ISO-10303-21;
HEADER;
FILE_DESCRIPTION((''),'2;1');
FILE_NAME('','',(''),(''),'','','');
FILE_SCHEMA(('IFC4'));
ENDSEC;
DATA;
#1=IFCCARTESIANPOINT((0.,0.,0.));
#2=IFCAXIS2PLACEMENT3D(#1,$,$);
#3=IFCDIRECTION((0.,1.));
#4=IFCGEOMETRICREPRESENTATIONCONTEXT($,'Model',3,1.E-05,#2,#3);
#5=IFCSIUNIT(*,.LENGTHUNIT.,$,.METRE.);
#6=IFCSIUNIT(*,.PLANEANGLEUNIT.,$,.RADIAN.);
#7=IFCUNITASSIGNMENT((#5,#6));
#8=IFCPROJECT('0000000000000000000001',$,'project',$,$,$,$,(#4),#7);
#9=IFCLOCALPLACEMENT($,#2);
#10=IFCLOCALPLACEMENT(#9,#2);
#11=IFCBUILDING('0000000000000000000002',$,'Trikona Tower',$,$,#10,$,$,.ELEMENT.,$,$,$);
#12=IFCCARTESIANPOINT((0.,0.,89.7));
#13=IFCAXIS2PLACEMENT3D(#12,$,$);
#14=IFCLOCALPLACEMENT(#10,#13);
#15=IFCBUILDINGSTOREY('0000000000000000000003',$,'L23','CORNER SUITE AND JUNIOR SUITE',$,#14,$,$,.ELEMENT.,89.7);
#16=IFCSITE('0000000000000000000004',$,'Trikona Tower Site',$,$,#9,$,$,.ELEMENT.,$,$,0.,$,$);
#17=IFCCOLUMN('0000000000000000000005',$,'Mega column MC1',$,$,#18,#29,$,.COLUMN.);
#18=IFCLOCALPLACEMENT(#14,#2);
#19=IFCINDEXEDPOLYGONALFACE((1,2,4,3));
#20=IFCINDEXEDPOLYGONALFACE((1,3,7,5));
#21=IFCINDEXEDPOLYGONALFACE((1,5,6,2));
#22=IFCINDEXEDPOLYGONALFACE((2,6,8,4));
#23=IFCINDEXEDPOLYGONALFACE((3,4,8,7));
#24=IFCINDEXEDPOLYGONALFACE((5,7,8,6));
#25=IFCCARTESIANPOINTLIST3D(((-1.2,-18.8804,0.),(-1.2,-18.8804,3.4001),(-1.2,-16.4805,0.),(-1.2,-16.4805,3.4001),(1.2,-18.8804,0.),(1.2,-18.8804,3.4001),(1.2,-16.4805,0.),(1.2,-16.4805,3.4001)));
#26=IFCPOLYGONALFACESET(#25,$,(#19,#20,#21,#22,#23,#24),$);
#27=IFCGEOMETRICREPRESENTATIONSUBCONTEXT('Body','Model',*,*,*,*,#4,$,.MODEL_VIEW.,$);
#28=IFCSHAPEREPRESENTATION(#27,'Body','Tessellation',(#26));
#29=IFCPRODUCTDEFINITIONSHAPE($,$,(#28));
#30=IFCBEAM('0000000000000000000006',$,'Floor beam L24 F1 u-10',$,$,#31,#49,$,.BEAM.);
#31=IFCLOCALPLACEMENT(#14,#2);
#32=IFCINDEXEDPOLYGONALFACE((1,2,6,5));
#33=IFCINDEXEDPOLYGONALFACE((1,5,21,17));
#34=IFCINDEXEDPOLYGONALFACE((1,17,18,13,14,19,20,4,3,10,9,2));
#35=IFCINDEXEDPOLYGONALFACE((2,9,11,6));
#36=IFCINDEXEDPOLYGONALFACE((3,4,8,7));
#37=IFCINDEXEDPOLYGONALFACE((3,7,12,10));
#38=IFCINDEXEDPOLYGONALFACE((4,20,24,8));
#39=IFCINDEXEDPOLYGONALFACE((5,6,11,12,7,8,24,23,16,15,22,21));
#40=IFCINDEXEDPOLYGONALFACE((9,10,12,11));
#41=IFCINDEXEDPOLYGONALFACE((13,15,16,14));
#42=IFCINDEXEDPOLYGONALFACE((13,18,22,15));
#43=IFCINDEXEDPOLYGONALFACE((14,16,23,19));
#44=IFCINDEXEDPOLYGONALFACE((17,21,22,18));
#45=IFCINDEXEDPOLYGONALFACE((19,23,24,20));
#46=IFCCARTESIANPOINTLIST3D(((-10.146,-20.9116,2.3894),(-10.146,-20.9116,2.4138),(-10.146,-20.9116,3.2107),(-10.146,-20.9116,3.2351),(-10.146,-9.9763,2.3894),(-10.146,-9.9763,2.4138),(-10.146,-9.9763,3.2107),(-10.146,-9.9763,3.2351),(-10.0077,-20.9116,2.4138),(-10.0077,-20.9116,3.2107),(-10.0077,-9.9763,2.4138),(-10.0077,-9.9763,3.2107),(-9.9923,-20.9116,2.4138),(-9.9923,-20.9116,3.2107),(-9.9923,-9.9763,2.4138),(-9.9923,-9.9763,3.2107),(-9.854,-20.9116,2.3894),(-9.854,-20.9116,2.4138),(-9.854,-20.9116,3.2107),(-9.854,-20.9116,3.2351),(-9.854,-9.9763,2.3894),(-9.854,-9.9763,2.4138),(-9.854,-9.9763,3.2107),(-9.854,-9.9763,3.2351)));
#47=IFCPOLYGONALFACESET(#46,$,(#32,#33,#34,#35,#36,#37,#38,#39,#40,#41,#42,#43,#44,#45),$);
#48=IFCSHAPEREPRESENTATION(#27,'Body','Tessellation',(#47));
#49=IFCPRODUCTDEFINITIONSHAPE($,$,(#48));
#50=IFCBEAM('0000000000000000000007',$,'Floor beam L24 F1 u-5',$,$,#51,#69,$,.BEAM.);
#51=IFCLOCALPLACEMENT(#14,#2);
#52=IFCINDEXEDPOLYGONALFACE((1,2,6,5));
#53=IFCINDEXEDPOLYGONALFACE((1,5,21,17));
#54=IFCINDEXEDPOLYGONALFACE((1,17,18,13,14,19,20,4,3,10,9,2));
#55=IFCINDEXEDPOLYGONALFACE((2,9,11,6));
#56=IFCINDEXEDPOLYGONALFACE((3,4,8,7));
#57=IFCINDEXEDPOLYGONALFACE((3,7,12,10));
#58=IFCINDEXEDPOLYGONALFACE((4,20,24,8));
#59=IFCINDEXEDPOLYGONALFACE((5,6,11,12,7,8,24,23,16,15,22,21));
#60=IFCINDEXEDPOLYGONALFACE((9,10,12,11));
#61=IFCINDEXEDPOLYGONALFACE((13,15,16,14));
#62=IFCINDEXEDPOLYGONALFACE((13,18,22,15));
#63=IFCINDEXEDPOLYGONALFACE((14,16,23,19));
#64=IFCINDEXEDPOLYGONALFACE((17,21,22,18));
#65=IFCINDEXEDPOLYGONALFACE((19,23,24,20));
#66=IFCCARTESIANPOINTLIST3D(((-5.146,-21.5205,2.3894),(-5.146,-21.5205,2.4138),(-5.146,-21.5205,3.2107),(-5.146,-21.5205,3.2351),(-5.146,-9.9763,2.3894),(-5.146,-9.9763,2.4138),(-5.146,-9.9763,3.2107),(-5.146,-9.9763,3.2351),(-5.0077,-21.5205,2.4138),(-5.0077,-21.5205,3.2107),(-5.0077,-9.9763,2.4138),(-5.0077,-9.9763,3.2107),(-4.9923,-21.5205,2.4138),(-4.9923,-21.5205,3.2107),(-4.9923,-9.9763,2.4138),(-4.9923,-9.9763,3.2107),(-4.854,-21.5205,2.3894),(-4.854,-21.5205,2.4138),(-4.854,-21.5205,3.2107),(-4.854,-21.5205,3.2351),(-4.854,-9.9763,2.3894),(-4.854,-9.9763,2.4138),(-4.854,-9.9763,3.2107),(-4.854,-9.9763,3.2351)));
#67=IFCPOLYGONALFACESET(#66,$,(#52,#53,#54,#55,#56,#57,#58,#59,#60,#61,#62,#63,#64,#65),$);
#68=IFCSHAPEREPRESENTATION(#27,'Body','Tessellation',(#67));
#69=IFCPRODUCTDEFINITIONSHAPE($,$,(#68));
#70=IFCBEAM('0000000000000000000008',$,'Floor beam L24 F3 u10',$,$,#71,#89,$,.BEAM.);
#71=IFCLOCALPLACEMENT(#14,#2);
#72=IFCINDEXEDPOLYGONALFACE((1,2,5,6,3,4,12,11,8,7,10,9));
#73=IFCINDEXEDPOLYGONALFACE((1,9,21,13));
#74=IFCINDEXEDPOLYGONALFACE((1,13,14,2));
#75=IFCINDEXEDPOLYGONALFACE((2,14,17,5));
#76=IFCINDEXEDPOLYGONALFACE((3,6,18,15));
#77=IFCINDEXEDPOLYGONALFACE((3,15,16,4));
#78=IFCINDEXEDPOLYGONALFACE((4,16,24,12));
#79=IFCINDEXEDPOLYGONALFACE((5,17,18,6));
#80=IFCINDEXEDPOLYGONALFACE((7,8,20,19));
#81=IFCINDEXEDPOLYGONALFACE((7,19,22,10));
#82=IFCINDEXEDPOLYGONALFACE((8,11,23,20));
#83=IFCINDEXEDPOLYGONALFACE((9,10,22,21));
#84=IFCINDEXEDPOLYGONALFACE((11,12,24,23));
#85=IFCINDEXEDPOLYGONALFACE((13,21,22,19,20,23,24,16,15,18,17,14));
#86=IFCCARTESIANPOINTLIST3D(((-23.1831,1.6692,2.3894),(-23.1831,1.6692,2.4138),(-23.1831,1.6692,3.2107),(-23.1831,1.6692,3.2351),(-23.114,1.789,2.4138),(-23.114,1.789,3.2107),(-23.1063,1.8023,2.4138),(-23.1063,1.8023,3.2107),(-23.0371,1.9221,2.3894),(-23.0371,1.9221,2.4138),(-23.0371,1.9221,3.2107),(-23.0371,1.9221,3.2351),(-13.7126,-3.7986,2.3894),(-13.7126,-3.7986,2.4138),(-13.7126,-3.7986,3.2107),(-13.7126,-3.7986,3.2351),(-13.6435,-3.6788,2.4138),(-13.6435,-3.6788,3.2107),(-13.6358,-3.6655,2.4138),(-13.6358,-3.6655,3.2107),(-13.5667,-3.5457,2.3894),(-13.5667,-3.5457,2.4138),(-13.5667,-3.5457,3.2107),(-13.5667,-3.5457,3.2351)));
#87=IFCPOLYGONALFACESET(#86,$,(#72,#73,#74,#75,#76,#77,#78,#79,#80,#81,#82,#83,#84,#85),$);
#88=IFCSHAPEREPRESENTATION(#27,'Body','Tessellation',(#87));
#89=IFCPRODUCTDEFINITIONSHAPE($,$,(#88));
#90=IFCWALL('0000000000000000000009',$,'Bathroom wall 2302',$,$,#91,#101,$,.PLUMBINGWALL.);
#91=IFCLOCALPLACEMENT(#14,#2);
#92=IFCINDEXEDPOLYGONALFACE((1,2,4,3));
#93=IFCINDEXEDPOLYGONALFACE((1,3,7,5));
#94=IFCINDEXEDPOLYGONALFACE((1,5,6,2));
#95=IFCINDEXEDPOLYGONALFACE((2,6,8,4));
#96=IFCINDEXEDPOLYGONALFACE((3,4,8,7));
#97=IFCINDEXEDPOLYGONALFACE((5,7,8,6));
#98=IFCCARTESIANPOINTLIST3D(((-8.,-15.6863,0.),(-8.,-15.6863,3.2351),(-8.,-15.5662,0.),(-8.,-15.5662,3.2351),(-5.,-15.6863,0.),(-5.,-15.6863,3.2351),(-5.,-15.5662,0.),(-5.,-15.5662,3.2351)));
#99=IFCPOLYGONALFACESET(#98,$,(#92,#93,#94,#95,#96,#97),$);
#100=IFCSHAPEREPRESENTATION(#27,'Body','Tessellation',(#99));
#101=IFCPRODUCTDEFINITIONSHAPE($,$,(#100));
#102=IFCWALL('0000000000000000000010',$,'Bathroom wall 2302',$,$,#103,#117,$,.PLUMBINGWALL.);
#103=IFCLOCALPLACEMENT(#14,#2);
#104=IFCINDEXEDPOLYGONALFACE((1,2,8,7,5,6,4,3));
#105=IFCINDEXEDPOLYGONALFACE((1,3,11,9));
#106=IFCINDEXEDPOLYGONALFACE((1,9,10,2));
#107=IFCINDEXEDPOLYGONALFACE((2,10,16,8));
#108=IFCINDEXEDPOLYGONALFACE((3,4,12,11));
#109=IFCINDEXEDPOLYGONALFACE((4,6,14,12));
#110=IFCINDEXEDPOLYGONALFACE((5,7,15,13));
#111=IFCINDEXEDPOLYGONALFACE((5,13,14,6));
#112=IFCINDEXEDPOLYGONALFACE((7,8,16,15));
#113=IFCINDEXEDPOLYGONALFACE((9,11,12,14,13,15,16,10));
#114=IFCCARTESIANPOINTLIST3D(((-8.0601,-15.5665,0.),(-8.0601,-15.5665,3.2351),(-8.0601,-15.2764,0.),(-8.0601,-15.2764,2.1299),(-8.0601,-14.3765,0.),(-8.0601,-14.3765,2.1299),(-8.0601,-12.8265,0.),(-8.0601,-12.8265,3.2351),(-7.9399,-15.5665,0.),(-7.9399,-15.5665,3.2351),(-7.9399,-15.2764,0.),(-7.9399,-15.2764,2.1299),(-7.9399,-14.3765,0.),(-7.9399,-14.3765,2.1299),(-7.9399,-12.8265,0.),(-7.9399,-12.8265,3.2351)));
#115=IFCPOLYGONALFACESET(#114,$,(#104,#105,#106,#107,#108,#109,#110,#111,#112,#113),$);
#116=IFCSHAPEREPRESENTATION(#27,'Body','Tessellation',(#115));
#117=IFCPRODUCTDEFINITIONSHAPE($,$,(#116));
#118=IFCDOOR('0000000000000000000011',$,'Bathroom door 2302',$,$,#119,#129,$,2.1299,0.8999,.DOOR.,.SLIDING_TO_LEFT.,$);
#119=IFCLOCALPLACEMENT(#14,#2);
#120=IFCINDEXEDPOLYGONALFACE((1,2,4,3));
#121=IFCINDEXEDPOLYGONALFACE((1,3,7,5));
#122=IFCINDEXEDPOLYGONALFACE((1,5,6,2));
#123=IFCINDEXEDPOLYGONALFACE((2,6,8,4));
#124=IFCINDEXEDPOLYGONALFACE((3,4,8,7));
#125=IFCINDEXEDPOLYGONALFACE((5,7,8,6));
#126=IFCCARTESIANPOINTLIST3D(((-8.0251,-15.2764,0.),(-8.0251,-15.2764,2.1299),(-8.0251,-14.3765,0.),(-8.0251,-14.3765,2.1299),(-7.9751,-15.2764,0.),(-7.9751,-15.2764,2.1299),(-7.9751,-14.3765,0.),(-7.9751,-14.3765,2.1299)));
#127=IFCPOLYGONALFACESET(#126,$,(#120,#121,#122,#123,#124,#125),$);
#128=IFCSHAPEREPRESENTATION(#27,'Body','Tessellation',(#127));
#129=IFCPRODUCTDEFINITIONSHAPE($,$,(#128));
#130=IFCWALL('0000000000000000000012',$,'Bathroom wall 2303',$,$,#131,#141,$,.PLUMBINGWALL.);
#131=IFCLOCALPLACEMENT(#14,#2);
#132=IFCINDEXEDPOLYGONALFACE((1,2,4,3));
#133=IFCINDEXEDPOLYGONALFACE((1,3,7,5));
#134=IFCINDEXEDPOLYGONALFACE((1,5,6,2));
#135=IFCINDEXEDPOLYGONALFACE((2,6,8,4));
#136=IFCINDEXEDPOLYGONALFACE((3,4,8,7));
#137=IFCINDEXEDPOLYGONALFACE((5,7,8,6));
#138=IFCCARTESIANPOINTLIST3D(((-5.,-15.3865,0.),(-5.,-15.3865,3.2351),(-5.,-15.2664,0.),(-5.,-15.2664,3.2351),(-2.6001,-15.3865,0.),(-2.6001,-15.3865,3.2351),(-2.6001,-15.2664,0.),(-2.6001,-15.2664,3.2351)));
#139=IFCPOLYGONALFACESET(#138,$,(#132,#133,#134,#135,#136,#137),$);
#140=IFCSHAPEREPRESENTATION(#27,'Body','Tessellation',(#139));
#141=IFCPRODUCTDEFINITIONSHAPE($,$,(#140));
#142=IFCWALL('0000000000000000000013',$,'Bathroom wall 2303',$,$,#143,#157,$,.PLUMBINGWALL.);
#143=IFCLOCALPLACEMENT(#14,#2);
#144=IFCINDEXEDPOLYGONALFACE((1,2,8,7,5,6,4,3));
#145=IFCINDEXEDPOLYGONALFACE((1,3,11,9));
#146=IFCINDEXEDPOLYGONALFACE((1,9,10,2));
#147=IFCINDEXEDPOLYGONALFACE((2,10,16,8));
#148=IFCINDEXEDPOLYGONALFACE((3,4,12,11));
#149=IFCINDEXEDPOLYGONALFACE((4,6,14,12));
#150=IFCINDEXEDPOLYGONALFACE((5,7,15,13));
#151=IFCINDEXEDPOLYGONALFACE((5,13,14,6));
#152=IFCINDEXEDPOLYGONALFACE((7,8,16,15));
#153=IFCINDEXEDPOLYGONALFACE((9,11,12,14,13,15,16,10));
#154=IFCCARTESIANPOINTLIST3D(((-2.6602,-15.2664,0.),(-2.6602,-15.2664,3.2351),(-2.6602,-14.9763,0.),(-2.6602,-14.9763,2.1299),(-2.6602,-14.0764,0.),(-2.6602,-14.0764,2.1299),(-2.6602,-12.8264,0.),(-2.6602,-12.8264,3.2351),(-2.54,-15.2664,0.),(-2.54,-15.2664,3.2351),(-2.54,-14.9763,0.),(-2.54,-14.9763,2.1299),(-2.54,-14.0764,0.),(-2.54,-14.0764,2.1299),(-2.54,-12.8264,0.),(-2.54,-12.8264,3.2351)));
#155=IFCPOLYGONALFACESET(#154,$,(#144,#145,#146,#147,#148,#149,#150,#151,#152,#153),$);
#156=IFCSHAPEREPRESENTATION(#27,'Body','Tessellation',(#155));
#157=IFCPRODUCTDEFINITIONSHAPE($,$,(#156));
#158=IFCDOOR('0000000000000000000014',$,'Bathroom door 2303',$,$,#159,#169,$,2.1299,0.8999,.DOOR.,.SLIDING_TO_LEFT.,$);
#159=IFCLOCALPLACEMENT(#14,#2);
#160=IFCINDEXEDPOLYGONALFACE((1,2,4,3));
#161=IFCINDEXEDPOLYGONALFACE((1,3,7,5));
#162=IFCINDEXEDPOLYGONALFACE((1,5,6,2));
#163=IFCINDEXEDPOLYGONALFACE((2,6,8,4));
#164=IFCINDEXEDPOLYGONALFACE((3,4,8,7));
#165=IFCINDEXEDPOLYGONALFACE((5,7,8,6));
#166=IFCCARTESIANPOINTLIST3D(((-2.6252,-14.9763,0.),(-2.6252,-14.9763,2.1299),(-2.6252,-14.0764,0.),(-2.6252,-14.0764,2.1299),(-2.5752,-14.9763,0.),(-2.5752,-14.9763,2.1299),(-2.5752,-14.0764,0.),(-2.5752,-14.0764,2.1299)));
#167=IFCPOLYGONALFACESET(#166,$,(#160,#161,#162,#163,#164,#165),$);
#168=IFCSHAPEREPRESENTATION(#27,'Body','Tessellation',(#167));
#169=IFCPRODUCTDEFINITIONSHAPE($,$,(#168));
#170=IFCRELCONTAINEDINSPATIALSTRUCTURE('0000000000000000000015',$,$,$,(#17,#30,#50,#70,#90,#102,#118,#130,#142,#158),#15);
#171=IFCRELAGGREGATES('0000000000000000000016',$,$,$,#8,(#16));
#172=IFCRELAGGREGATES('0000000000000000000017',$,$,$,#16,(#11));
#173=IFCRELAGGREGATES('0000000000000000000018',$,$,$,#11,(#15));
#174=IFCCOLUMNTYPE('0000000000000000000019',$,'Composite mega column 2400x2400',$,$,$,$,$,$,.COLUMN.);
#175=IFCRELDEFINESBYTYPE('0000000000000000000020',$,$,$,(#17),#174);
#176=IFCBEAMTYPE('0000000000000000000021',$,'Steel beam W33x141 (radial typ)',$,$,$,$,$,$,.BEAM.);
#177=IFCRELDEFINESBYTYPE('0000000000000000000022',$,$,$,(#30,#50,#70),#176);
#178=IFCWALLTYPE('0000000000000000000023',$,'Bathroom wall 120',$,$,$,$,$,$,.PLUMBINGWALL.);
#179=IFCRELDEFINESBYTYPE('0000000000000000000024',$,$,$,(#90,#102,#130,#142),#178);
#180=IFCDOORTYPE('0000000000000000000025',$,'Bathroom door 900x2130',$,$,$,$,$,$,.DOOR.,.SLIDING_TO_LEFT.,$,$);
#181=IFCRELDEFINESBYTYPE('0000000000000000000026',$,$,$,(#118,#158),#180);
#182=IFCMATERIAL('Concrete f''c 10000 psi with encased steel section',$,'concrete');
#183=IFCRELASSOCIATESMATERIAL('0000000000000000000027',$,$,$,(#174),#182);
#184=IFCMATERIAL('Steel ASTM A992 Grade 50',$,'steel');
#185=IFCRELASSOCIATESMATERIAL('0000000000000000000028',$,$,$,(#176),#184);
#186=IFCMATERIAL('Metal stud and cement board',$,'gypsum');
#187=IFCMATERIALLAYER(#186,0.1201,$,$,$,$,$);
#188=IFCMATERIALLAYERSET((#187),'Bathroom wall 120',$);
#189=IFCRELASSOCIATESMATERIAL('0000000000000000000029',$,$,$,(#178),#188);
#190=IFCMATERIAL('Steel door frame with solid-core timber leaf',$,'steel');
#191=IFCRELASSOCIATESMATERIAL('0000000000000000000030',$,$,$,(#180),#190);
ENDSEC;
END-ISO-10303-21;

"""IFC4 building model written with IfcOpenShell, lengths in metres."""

from ifc_helpers import new_model, si_unit, direction, frame, frame_2d, origin, origin_2d, place, context, subcontext, project, spatial, rectangle, i_section, extrude, material, layer, layer_set, material_profile, profile_set, type_object, element, fill, save


model = new_model("IFC4")

# Units and contexts
model_context = context("Model", 3, precision=1e-05, world=origin(), true_north=direction((0.0, 1.0)))
body_context = subcontext(model_context, "Body", "Model", "MODEL_VIEW")
ifc_project = project(units=[si_unit("LENGTHUNIT", "METRE"), si_unit("PLANEANGLEUNIT", "RADIAN")], contexts=[model_context])

# Site, building, storey
site_placement = place(None, origin())
site = spatial("IfcSite", under=ifc_project, at=site_placement, Name="Trikona Tower Site", CompositionType="ELEMENT", RefElevation=0.0)
building_placement = place(site_placement, origin())
building = spatial("IfcBuilding", under=site, at=building_placement, Name="Trikona Tower", CompositionType="ELEMENT")
storey_placement = place(building_placement, frame((0.0, 0.0, 89.7)))
storey = spatial("IfcBuildingStorey", under=building, at=storey_placement, Name="L23", Description="CORNER SUITE AND JUNIOR SUITE", CompositionType="ELEMENT", Elevation=89.7)

# Column
ifc_material_1 = material(Name="Concrete f'c 10000 psi with encased steel section", Category="concrete")
ifc_material_profile_1 = material_profile(ifc_material_1, rectangle(XDim=2.3999, YDim=2.3999, at=origin_2d()), Name="MC2400")
ifc_profile_set_1 = profile_set([ifc_material_profile_1], Name="Concrete f'c 10000 psi with encased steel section")
column_type = type_object("IfcColumnType", Name="Composite mega column 2400x2400", PredefinedType="COLUMN", material=ifc_profile_set_1)
column_placement = place(storey_placement, frame((0.0, -17.6804, 0.0), z_axis=(0.0, 0.0, 1.0), x_axis=(0.0, -1.0, 0.0)))
element("IfcColumn", 1, at=column_placement, inside=storey, type_object=column_type, Name="Mega column MC1", PredefinedType="COLUMN", context=body_context, shape_type="SweptSolid", body=[
    extrude(rectangle(XDim=2.3999, YDim=2.3999, at=origin_2d()), origin(), (0.0, 0.0, 1.0), 3.4001),
])

# Beams
ifc_material_2 = material(Name="Steel ASTM A992 Grade 50", Category="steel")
ifc_material_profile_2 = material_profile(ifc_material_2, i_section(OverallWidth=0.292, OverallDepth=0.8457, WebThickness=0.0154, FlangeThickness=0.0244, at=origin_2d()), Name="W33X141")
ifc_profile_set_2 = profile_set([ifc_material_profile_2], Name="Steel ASTM A992 Grade 50")
beam_type = type_object("IfcBeamType", Name="Steel beam W33x141 (radial typ)", PredefinedType="BEAM", material=ifc_profile_set_2)
beam_1_placement = place(storey_placement, frame((-10.0, -9.9763, 2.8123), z_axis=(0.0, -1.0, 0.0), x_axis=(1.0, 0.0, 0.0)))
element("IfcBeam", 2, at=beam_1_placement, inside=storey, type_object=beam_type, Name="Floor beam L24 F1 u-10", PredefinedType="BEAM", context=body_context, shape_type="SweptSolid", body=[
    extrude(i_section(OverallWidth=0.292, OverallDepth=0.8457, WebThickness=0.0154, FlangeThickness=0.0244, at=origin_2d()), origin(), (0.0, 0.0, 1.0), 10.9353),
])
beam_2_placement = place(storey_placement, frame((-5.0, -9.9763, 2.8123), z_axis=(0.0, -1.0, 0.0), x_axis=(1.0, 0.0, 0.0)))
element("IfcBeam", 3, at=beam_2_placement, inside=storey, type_object=beam_type, Name="Floor beam L24 F1 u-5", PredefinedType="BEAM", context=body_context, shape_type="SweptSolid", body=[
    extrude(i_section(OverallWidth=0.292, OverallDepth=0.8457, WebThickness=0.0154, FlangeThickness=0.0244, at=origin_2d()), origin(), (0.0, 0.0, 1.0), 11.5442),
])
beam_3_placement = place(storey_placement, frame((-13.6396, -3.6721, 2.8123), z_axis=(-0.866025, 0.5, 0.0), x_axis=(-0.5, -0.866025, 0.0)))
element("IfcBeam", 4, at=beam_3_placement, inside=storey, type_object=beam_type, Name="Floor beam L24 F3 u10", PredefinedType="BEAM", context=body_context, shape_type="SweptSolid", body=[
    extrude(i_section(OverallWidth=0.292, OverallDepth=0.8457, WebThickness=0.0154, FlangeThickness=0.0244, at=origin_2d()), origin(), (0.0, 0.0, 1.0), 10.9355),
])

# Wall
ifc_material_3 = material(Name="Metal stud and cement board", Category="gypsum")
ifc_layer_1 = layer(ifc_material_3, 0.1201)
ifc_layer_set_1 = layer_set([ifc_layer_1], Name="Bathroom wall 120")
wall_type_1 = type_object("IfcWallType", Name="Bathroom wall 120", PredefinedType="PLUMBINGWALL", material=ifc_layer_set_1)
wall_1_placement = place(storey_placement, frame((-8.0, -15.6262, 0.0), z_axis=(0.0, 0.0, 1.0), x_axis=(1.0, 0.0, 0.0)))
element("IfcWall", 5, at=wall_1_placement, inside=storey, type_object=wall_type_1, Name="Bathroom wall 2302", PredefinedType="PLUMBINGWALL", context=body_context, shape_type="SweptSolid", body=[
    extrude(rectangle(XDim=3.0, YDim=0.1201, at=frame_2d((1.5, 0.0))), origin(), (0.0, 0.0, 1.0), 3.2351),
])

# Wall, opening, door
wall_2_placement = place(storey_placement, frame((-8.0, -12.8264, 0.0), z_axis=(0.0, 0.0, 1.0), x_axis=(0.0, -1.0, 0.0)))
wall_2 = element("IfcWall", 6, at=wall_2_placement, inside=storey, type_object=wall_type_1, Name="Bathroom wall 2302", PredefinedType="PLUMBINGWALL", context=body_context, shape_type="SweptSolid", body=[
    extrude(rectangle(XDim=2.74, YDim=0.1201, at=frame_2d((1.3701, 0.0))), origin(), (0.0, 0.0, 1.0), 3.2351),
])
opening_1_placement = place(wall_2_placement, frame((1.55, 0.0, 0.0)))
opening_1 = element("IfcOpeningElement", 7, at=opening_1_placement, cuts=wall_2, PredefinedType="OPENING", context=body_context, shape_type="SweptSolid", body=[
    extrude(rectangle(XDim=0.8999, YDim=2.1299, at=frame_2d((0.45, 1.0649))), frame((0.0, 0.0701, 0.0), z_axis=(0.0, -1.0, 0.0), x_axis=(1.0, 0.0, 0.0)), (0.0, 0.0, 1.0), 0.1401),
])
ifc_material_4 = material(Name="Steel door frame with solid-core timber leaf", Category="steel")
door_type_1 = type_object("IfcDoorType", Name="Bathroom door 900x2130", OperationType="SLIDING_TO_LEFT", PredefinedType="DOOR", material=ifc_material_4)
door_1_placement = place(opening_1_placement, origin())
door_1 = element("IfcDoor", 8, at=door_1_placement, inside=storey, type_object=door_type_1, Name="Bathroom door 2302", OperationType="SLIDING_TO_LEFT", OverallHeight=2.1299, OverallWidth=0.8999, PredefinedType="DOOR", context=body_context, shape_type="SweptSolid", body=[
    extrude(rectangle(XDim=0.8999, YDim=2.1299, at=frame_2d((0.45, 1.0649))), frame((0.0, 0.0249, 0.0), z_axis=(0.0, -1.0, 0.0), x_axis=(1.0, 0.0, 0.0)), (0.0, 0.0, 1.0), 0.05),
])
fill(opening_1, door_1)

# Wall
wall_3_placement = place(storey_placement, frame((-5.0, -15.3264, 0.0), z_axis=(0.0, 0.0, 1.0), x_axis=(1.0, 0.0, 0.0)))
element("IfcWall", 9, at=wall_3_placement, inside=storey, type_object=wall_type_1, Name="Bathroom wall 2303", PredefinedType="PLUMBINGWALL", context=body_context, shape_type="SweptSolid", body=[
    extrude(rectangle(XDim=2.3999, YDim=0.1201, at=frame_2d((1.2, 0.0))), origin(), (0.0, 0.0, 1.0), 3.2351),
])

# Wall, opening, door
wall_4_placement = place(storey_placement, frame((-2.6001, -12.8264, 0.0), z_axis=(0.0, 0.0, 1.0), x_axis=(0.0, -1.0, 0.0)))
wall_4 = element("IfcWall", 10, at=wall_4_placement, inside=storey, type_object=wall_type_1, Name="Bathroom wall 2303", PredefinedType="PLUMBINGWALL", context=body_context, shape_type="SweptSolid", body=[
    extrude(rectangle(XDim=2.4399, YDim=0.1201, at=frame_2d((1.22, 0.0))), origin(), (0.0, 0.0, 1.0), 3.2351),
])
opening_2_placement = place(wall_4_placement, frame((1.25, 0.0, 0.0)))
opening_2 = element("IfcOpeningElement", 11, at=opening_2_placement, cuts=wall_4, PredefinedType="OPENING", context=body_context, shape_type="SweptSolid", body=[
    extrude(rectangle(XDim=0.8999, YDim=2.1299, at=frame_2d((0.45, 1.0649))), frame((0.0, 0.0701, 0.0), z_axis=(0.0, -1.0, 0.0), x_axis=(1.0, 0.0, 0.0)), (0.0, 0.0, 1.0), 0.1401),
])
door_2_placement = place(opening_2_placement, origin())
door_2 = element("IfcDoor", 12, at=door_2_placement, inside=storey, type_object=door_type_1, Name="Bathroom door 2303", OperationType="SLIDING_TO_LEFT", OverallHeight=2.1299, OverallWidth=0.8999, PredefinedType="DOOR", context=body_context, shape_type="SweptSolid", body=[
    extrude(rectangle(XDim=0.8999, YDim=2.1299, at=frame_2d((0.45, 1.0649))), frame((0.0, 0.0249, 0.0), z_axis=(0.0, -1.0, 0.0), x_axis=(1.0, 0.0, 0.0)), (0.0, 0.0, 1.0), 0.05),
])
fill(opening_2, door_2)

save(model, "model.ifc")
